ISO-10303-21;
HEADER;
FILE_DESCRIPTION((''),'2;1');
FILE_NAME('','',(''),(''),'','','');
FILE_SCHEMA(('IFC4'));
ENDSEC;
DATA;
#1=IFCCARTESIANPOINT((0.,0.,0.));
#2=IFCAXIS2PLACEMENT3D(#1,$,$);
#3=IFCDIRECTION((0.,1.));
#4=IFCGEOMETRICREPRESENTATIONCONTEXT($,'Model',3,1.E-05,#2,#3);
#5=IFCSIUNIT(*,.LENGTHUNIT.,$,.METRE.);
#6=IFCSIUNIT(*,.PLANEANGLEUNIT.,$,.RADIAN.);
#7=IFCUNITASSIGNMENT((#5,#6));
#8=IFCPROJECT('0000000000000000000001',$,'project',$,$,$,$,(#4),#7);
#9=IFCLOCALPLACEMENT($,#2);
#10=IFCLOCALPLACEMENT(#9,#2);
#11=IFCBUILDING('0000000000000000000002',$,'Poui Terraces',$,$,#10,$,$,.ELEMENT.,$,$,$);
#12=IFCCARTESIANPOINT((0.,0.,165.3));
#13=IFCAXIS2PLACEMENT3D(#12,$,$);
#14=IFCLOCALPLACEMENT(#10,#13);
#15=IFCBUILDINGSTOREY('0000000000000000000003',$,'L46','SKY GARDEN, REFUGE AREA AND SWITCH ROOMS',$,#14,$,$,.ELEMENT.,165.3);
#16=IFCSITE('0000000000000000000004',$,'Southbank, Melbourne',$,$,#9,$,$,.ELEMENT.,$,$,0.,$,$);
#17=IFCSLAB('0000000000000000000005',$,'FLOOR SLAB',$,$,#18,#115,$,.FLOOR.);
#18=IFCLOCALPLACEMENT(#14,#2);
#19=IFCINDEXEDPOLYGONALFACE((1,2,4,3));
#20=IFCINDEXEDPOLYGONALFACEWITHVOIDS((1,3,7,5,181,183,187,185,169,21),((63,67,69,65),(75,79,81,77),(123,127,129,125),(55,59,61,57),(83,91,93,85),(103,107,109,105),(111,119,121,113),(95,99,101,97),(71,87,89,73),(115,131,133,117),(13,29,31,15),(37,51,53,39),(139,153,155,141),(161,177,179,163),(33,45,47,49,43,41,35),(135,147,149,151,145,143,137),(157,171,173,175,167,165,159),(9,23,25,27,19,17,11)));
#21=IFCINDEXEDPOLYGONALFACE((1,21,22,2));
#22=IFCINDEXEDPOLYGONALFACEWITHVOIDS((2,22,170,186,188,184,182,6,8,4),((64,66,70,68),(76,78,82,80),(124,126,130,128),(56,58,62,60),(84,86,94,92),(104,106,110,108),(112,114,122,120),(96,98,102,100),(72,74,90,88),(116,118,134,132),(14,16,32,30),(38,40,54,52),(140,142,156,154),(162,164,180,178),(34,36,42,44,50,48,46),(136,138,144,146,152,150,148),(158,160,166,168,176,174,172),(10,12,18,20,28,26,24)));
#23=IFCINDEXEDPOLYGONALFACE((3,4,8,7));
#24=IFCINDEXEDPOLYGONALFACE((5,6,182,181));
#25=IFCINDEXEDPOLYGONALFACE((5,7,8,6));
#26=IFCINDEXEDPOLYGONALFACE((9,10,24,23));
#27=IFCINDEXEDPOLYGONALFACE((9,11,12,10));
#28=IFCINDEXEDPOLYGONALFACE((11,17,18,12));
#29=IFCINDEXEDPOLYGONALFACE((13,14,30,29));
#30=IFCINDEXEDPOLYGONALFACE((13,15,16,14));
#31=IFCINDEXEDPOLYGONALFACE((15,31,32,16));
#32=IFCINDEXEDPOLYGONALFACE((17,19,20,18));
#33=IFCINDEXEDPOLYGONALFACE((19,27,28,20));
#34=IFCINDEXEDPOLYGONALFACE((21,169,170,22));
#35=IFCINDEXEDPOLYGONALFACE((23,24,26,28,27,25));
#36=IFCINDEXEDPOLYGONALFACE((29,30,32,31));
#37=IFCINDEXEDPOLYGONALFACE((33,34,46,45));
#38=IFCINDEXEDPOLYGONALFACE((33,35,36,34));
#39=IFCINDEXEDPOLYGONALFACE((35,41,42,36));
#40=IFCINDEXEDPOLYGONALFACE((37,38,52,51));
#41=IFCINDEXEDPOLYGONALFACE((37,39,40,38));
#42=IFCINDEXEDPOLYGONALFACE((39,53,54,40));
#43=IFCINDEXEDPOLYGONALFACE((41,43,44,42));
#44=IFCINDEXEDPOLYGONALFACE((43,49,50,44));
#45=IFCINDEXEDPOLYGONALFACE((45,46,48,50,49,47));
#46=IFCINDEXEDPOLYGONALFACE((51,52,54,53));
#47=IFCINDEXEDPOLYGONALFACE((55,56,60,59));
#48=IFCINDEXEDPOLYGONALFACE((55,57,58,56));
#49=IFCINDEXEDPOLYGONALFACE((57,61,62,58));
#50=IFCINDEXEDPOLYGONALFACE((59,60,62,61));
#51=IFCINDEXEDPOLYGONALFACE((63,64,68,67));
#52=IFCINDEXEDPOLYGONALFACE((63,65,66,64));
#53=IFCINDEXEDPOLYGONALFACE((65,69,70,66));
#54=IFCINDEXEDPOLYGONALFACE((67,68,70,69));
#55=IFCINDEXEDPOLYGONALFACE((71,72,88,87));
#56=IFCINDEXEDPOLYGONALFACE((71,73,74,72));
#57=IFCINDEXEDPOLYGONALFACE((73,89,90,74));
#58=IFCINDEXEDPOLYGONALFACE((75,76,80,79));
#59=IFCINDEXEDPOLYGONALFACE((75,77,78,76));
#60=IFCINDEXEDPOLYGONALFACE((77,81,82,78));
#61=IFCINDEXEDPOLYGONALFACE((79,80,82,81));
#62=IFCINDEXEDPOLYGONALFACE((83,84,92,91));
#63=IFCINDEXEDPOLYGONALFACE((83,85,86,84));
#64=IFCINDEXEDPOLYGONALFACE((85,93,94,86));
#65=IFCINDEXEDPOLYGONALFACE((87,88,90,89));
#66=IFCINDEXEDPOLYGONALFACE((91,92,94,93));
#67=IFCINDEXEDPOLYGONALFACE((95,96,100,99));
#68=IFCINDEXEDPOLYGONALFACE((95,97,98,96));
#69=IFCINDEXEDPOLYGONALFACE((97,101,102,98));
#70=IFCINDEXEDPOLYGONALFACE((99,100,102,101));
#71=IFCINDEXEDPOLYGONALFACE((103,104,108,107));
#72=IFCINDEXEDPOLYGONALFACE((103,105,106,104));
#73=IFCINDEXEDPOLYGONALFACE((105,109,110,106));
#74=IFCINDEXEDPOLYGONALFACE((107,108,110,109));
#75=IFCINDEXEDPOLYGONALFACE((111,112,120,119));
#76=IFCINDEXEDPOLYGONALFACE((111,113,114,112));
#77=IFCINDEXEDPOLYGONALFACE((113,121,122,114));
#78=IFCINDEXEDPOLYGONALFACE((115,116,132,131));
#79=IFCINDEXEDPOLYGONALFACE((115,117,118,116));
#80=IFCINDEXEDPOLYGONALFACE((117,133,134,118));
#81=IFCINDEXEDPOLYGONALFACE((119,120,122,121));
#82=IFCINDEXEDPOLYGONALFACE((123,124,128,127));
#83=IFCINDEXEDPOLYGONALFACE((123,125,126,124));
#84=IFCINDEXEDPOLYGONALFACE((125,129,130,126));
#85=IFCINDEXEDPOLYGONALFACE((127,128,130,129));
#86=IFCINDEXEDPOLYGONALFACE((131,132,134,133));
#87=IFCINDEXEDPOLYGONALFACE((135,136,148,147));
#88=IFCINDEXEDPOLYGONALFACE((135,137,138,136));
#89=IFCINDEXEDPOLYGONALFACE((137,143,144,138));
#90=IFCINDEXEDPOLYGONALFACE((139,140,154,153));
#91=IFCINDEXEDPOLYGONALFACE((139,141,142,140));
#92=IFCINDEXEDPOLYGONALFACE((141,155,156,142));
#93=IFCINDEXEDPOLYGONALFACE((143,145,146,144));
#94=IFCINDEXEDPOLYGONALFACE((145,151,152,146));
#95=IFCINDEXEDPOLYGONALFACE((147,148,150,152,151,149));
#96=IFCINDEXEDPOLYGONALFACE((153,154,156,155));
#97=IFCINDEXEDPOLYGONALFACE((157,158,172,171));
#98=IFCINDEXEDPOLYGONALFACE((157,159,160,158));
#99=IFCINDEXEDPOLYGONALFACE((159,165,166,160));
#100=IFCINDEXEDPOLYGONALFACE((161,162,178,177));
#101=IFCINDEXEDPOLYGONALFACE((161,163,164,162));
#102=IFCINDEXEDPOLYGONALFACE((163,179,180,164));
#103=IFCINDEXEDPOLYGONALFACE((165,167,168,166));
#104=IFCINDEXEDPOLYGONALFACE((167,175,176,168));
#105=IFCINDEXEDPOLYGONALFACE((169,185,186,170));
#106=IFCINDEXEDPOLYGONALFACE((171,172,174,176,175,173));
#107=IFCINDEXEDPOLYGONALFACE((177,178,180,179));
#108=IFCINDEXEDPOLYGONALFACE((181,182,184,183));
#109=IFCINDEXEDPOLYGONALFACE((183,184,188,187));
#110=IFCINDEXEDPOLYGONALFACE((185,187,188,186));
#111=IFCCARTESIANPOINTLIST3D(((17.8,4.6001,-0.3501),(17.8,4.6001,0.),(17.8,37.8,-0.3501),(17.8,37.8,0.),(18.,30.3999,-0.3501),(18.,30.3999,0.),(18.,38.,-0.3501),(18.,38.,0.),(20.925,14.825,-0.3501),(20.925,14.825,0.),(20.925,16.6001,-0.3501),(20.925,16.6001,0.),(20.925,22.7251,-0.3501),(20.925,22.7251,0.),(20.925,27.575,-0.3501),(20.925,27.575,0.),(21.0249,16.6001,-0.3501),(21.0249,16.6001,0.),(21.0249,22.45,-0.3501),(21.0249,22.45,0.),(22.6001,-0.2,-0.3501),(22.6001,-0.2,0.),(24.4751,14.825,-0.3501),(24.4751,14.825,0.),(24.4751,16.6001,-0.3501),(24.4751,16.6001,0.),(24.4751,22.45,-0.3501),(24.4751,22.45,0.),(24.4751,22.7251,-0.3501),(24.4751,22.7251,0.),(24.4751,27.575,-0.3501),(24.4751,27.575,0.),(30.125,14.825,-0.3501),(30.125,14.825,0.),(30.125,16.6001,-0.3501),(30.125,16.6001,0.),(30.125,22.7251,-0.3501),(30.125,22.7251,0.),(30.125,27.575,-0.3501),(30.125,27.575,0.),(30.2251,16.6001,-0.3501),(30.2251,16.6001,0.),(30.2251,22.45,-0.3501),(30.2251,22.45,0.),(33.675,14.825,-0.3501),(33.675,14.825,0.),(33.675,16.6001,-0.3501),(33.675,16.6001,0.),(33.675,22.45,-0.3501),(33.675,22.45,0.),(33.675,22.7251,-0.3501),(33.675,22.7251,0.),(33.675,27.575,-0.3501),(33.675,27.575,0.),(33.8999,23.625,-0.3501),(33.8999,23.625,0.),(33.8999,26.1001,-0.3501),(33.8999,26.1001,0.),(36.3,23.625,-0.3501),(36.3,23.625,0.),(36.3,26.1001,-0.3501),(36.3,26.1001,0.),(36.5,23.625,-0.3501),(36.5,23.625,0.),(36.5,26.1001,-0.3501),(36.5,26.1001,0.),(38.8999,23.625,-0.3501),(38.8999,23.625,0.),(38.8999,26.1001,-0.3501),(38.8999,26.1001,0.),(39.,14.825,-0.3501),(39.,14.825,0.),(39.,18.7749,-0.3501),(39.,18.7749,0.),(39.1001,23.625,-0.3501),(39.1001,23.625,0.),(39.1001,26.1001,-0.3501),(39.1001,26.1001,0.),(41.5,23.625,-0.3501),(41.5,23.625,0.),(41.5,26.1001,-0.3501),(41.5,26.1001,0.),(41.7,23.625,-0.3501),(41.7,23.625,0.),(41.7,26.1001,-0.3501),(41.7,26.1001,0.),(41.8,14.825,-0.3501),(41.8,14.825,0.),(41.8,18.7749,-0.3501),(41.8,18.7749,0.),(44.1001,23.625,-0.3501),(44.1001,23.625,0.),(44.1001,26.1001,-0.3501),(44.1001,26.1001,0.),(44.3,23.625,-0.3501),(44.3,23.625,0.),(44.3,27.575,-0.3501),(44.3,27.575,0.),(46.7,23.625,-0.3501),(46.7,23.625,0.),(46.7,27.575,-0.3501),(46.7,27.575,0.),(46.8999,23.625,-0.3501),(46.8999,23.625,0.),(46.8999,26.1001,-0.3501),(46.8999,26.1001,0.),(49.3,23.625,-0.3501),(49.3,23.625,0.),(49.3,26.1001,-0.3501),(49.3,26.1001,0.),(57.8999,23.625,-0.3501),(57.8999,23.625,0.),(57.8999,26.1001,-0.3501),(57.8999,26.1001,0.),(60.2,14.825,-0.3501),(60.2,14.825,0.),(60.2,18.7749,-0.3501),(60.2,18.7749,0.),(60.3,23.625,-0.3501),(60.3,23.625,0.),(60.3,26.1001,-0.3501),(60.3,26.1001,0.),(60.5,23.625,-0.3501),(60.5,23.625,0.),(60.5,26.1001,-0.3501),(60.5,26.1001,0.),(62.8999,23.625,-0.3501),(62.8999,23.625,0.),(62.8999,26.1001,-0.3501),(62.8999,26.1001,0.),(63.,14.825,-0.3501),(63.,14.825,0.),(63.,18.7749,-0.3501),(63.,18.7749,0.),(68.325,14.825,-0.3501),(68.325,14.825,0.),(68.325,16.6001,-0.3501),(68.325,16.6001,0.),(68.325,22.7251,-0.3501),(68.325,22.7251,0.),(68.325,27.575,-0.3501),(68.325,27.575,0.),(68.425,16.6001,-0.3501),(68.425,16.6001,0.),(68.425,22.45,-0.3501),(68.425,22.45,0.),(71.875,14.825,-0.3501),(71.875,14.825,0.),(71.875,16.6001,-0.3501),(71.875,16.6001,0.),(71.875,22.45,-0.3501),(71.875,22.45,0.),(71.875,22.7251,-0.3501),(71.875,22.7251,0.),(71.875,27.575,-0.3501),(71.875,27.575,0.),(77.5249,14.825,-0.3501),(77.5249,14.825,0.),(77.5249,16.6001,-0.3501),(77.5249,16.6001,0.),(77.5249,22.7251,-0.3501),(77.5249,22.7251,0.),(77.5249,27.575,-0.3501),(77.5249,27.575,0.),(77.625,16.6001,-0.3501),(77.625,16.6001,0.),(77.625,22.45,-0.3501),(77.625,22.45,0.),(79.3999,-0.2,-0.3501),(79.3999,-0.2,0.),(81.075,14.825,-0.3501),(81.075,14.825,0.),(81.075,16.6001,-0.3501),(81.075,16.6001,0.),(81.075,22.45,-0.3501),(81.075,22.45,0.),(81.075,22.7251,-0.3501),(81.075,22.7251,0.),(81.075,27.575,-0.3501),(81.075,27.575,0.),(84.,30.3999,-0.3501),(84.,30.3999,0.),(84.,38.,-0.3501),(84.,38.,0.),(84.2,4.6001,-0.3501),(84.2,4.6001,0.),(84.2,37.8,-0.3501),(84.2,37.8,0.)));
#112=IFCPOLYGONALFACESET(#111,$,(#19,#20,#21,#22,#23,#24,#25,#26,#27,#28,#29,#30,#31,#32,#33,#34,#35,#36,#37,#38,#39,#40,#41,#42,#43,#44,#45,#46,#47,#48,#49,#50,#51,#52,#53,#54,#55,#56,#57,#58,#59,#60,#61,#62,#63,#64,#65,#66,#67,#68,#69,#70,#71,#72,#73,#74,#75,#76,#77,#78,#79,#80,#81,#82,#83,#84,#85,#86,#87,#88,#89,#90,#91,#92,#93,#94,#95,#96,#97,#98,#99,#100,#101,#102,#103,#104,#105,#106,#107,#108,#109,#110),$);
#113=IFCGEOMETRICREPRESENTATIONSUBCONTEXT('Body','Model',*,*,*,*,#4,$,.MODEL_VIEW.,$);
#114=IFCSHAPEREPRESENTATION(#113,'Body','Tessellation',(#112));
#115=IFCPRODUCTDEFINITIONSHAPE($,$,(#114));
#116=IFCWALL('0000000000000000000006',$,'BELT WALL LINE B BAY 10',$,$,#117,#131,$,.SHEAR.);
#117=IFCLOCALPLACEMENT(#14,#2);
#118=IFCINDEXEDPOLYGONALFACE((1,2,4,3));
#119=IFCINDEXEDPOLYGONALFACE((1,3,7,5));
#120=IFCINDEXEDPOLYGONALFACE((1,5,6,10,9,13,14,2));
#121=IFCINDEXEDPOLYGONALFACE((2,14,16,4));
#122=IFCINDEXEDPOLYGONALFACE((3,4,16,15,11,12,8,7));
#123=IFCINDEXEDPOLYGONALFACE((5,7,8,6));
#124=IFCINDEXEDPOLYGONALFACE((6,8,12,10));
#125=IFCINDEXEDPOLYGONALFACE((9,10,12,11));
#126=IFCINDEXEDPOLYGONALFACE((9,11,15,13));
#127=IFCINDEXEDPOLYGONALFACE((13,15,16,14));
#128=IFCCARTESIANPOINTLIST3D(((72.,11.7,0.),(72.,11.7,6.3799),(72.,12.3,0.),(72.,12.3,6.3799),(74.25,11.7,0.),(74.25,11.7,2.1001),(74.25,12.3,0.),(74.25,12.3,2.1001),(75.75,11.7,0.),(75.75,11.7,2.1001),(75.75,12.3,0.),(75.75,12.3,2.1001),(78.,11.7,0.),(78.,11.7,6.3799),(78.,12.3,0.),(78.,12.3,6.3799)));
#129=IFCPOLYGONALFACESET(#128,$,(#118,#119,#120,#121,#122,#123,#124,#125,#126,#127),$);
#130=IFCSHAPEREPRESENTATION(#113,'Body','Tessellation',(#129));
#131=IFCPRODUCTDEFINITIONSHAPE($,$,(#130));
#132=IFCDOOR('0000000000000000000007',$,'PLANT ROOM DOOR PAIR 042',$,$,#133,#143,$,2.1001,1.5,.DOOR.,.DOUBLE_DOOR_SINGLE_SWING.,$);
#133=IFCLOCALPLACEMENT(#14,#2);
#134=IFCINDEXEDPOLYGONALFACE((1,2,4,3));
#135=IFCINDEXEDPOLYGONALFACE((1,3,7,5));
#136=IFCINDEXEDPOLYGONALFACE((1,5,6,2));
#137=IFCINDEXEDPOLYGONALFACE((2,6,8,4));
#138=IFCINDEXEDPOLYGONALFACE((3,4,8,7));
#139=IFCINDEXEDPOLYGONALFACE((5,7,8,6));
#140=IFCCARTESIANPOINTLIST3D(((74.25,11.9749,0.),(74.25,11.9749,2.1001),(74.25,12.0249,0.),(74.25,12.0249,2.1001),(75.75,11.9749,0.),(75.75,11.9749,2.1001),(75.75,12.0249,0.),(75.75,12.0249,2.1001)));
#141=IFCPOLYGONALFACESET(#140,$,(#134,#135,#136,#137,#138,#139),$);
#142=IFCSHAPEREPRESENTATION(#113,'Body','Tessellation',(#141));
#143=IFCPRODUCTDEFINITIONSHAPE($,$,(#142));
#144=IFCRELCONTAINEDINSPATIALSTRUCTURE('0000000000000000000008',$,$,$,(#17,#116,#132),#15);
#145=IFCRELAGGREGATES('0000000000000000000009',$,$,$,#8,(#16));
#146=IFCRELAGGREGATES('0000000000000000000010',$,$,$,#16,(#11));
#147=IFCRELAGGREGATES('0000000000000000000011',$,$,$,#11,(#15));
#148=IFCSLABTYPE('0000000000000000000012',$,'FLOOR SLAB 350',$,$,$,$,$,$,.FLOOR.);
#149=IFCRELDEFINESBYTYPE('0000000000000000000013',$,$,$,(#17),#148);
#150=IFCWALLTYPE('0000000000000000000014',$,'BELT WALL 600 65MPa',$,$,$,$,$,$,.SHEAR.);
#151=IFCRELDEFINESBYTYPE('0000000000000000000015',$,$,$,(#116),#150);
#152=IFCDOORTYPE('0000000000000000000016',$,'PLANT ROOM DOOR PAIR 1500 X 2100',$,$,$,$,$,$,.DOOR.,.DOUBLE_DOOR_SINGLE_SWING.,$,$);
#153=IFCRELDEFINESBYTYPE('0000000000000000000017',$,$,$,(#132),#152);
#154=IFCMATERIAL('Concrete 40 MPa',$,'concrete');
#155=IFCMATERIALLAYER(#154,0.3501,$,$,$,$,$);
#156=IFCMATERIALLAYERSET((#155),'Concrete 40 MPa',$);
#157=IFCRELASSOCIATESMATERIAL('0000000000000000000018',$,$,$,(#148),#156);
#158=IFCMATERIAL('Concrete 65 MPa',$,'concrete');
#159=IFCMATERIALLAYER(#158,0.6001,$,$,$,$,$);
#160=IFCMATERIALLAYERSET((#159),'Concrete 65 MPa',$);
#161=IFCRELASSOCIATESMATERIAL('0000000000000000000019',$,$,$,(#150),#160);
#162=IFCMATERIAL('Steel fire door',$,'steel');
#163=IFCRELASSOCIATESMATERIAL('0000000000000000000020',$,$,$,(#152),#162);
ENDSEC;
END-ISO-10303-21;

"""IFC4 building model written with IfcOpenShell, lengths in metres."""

from ifc_helpers import new_model, si_unit, direction, frame, frame_2d, origin, place, context, subcontext, project, spatial, polyline, rectangle, outline, extrude, source, transform, mapped, material, layer, layer_set, type_object, element, fill, save


model = new_model("IFC4")

# Units and contexts
model_context = context("Model", 3, precision=1e-05, world=origin(), true_north=direction((0.0, 1.0)))
body_context = subcontext(model_context, "Body", "Model", "MODEL_VIEW")
ifc_project = project(units=[si_unit("LENGTHUNIT", "METRE"), si_unit("PLANEANGLEUNIT", "RADIAN")], contexts=[model_context])

# Site, building, storey
site_placement = place(None, origin())
site = spatial("IfcSite", under=ifc_project, at=site_placement, Name="Southbank, Melbourne", CompositionType="ELEMENT", RefElevation=0.0)
building_placement = place(site_placement, origin())
building = spatial("IfcBuilding", under=site, at=building_placement, Name="Poui Terraces", CompositionType="ELEMENT")
storey_placement = place(building_placement, frame((0.0, 0.0, 165.3)))
storey = spatial("IfcBuildingStorey", under=building, at=storey_placement, Name="L46", Description="SKY GARDEN, REFUGE AREA AND SWITCH ROOMS", CompositionType="ELEMENT", Elevation=165.3)

# Slab
ifc_material_1 = material(Name="Concrete 40 MPa", Category="concrete")
ifc_layer_1 = layer(ifc_material_1, 0.3501)
ifc_layer_set_1 = layer_set([ifc_layer_1], Name="Concrete 40 MPa")
slab_type = type_object("IfcSlabType", Name="FLOOR SLAB 350", PredefinedType="FLOOR", material=ifc_layer_set_1)
shared_shape = source(origin(), body_context, "Body", "SweptSolid", [
    extrude(outline(polyline([(0.0, 0.0), (0.0, 33.2), (-0.2, 33.3999), (-0.2, 25.7998), (-66.2, 25.7998), (-66.2, 33.3999), (-66.3999, 33.2), (-66.3999, 0.0), (-61.5999, -4.8), (-4.8, -4.8), (0.0, 0.0)]), holes=[polyline([(-45.2, 10.2249), (-45.2, 14.1748), (-42.3999, 14.1748), (-42.3999, 10.2249), (-45.2, 10.2249)]), polyline([(-63.175, 17.8499), (-59.7249, 17.8499), (-59.7249, 12.0), (-59.7249, 10.2249), (-63.2749, 10.2249), (-63.2749, 12.0), (-63.175, 12.0), (-63.175, 17.8499)]), polyline([(-53.9749, 17.8499), (-50.5249, 17.8499), (-50.5249, 12.0), (-50.5249, 10.2249), (-54.075, 10.2249), (-54.075, 12.0), (-53.9749, 12.0), (-53.9749, 17.8499)]), polyline([(-50.3, 19.0249), (-50.3, 21.5), (-47.8999, 21.5), (-47.8999, 19.0249), (-50.3, 19.0249)]), polyline([(-47.7, 19.0249), (-47.7, 21.5), (-45.3, 21.5), (-45.3, 19.0249), (-47.7, 19.0249)]), polyline([(-45.0999, 19.0249), (-45.0999, 21.5), (-42.7, 21.5), (-42.7, 19.0249), (-45.0999, 19.0249)]), polyline([(-42.5, 19.0249), (-42.5, 21.5), (-40.0999, 21.5), (-40.0999, 19.0249), (-42.5, 19.0249)]), polyline([(-63.2749, 22.9749), (-59.7249, 22.9749), (-59.7249, 18.125), (-63.2749, 18.125), (-63.2749, 22.9749)]), polyline([(-54.075, 22.9749), (-50.5249, 22.9749), (-50.5249, 18.125), (-54.075, 18.125), (-54.075, 22.9749)]), polyline([(-24.0, 10.2249), (-24.0, 14.1748), (-21.2, 14.1748), (-21.2, 10.2249), (-24.0, 10.2249)]), polyline([(-15.7749, 17.8499), (-12.325, 17.8499), (-12.325, 12.0), (-12.325, 10.2249), (-15.875, 10.2249), (-15.875, 12.0), (-15.7749, 12.0), (-15.7749, 17.8499)]), polyline([(-6.575, 17.8499), (-3.125, 17.8499), (-3.125, 12.0), (-3.125, 10.2249), (-6.675, 10.2249), (-6.675, 12.0), (-6.575, 12.0), (-6.575, 17.8499)]), polyline([(-37.3, 19.0249), (-37.3, 21.5), (-34.8999, 21.5), (-34.8999, 19.0249), (-37.3, 19.0249)]), polyline([(-26.3, 19.0249), (-26.3, 21.5), (-23.8999, 21.5), (-23.8999, 19.0249), (-26.3, 19.0249)]), polyline([(-23.7, 19.0249), (-23.7, 21.5), (-21.3, 21.5), (-21.3, 19.0249), (-23.7, 19.0249)]), polyline([(-15.875, 18.125), (-15.875, 22.9749), (-12.325, 22.9749), (-12.325, 18.125), (-15.875, 18.125)]), polyline([(-6.675, 22.9749), (-3.125, 22.9749), (-3.125, 18.125), (-6.675, 18.125), (-6.675, 22.9749)]), polyline([(-39.8999, 22.9749), (-37.5, 22.9749), (-37.5, 19.0249), (-39.8999, 19.0249), (-39.8999, 22.9749)])]), origin(), (0.0, 0.0, 1.0), 0.3501),
])
slab_placement = place(storey_placement, frame((84.2, 4.6001, -0.3501)))
element("IfcSlab", 1, at=slab_placement, inside=storey, type_object=slab_type, Name="FLOOR SLAB", PredefinedType="FLOOR", context=body_context, shape_type="MappedRepresentation", body=[
    mapped(shared_shape, transform((0.0, 0.0, 0.0))),
])

# Wall, opening, door
ifc_material_2 = material(Name="Concrete 65 MPa", Category="concrete")
ifc_layer_2 = layer(ifc_material_2, 0.6001)
ifc_layer_set_2 = layer_set([ifc_layer_2], Name="Concrete 65 MPa")
wall_type_1 = type_object("IfcWallType", Name="BELT WALL 600 65MPa", PredefinedType="SHEAR", material=ifc_layer_set_2)
wall_1_placement = place(storey_placement, frame((72.0, 12.0, 0.0), z_axis=(0.0, 0.0, 1.0), x_axis=(1.0, 0.0, 0.0)))
wall_1 = element("IfcWall", 2, at=wall_1_placement, inside=storey, type_object=wall_type_1, Name="BELT WALL LINE B BAY 10", PredefinedType="SHEAR", context=body_context, shape_type="SweptSolid", body=[
    extrude(rectangle(XDim=6.0, YDim=0.6001, at=frame_2d((3.0, 0.0))), origin(), (0.0, 0.0, 1.0), 6.3799),
])
opening_1_placement = place(wall_1_placement, frame((2.25, 0.0, 0.0)))
opening_1 = element("IfcOpeningElement", 3, at=opening_1_placement, cuts=wall_1, PredefinedType="OPENING", context=body_context, shape_type="SweptSolid", body=[
    extrude(rectangle(XDim=1.5, YDim=2.1001, at=frame_2d((0.75, 1.05))), frame((0.0, 0.3101, 0.0), z_axis=(0.0, -1.0, 0.0), x_axis=(1.0, 0.0, 0.0)), (0.0, 0.0, 1.0), 0.6201),
])
ifc_material_3 = material(Name="Steel fire door", Category="steel")
door_type_1 = type_object("IfcDoorType", Name="PLANT ROOM DOOR PAIR 1500 X 2100", OperationType="DOUBLE_DOOR_SINGLE_SWING", PredefinedType="DOOR", material=ifc_material_3)
door_1_placement = place(opening_1_placement, origin())
door_1 = element("IfcDoor", 4, at=door_1_placement, inside=storey, type_object=door_type_1, Name="PLANT ROOM DOOR PAIR 042", OperationType="DOUBLE_DOOR_SINGLE_SWING", OverallHeight=2.1001, OverallWidth=1.5, PredefinedType="DOOR", context=body_context, shape_type="SweptSolid", body=[
    extrude(rectangle(XDim=1.5, YDim=2.1001, at=frame_2d((0.75, 1.05))), frame((0.0, 0.0249, 0.0), z_axis=(0.0, -1.0, 0.0), x_axis=(1.0, 0.0, 0.0)), (0.0, 0.0, 1.0), 0.05),
])
fill(opening_1, door_1)

save(model, "model.ifc")
